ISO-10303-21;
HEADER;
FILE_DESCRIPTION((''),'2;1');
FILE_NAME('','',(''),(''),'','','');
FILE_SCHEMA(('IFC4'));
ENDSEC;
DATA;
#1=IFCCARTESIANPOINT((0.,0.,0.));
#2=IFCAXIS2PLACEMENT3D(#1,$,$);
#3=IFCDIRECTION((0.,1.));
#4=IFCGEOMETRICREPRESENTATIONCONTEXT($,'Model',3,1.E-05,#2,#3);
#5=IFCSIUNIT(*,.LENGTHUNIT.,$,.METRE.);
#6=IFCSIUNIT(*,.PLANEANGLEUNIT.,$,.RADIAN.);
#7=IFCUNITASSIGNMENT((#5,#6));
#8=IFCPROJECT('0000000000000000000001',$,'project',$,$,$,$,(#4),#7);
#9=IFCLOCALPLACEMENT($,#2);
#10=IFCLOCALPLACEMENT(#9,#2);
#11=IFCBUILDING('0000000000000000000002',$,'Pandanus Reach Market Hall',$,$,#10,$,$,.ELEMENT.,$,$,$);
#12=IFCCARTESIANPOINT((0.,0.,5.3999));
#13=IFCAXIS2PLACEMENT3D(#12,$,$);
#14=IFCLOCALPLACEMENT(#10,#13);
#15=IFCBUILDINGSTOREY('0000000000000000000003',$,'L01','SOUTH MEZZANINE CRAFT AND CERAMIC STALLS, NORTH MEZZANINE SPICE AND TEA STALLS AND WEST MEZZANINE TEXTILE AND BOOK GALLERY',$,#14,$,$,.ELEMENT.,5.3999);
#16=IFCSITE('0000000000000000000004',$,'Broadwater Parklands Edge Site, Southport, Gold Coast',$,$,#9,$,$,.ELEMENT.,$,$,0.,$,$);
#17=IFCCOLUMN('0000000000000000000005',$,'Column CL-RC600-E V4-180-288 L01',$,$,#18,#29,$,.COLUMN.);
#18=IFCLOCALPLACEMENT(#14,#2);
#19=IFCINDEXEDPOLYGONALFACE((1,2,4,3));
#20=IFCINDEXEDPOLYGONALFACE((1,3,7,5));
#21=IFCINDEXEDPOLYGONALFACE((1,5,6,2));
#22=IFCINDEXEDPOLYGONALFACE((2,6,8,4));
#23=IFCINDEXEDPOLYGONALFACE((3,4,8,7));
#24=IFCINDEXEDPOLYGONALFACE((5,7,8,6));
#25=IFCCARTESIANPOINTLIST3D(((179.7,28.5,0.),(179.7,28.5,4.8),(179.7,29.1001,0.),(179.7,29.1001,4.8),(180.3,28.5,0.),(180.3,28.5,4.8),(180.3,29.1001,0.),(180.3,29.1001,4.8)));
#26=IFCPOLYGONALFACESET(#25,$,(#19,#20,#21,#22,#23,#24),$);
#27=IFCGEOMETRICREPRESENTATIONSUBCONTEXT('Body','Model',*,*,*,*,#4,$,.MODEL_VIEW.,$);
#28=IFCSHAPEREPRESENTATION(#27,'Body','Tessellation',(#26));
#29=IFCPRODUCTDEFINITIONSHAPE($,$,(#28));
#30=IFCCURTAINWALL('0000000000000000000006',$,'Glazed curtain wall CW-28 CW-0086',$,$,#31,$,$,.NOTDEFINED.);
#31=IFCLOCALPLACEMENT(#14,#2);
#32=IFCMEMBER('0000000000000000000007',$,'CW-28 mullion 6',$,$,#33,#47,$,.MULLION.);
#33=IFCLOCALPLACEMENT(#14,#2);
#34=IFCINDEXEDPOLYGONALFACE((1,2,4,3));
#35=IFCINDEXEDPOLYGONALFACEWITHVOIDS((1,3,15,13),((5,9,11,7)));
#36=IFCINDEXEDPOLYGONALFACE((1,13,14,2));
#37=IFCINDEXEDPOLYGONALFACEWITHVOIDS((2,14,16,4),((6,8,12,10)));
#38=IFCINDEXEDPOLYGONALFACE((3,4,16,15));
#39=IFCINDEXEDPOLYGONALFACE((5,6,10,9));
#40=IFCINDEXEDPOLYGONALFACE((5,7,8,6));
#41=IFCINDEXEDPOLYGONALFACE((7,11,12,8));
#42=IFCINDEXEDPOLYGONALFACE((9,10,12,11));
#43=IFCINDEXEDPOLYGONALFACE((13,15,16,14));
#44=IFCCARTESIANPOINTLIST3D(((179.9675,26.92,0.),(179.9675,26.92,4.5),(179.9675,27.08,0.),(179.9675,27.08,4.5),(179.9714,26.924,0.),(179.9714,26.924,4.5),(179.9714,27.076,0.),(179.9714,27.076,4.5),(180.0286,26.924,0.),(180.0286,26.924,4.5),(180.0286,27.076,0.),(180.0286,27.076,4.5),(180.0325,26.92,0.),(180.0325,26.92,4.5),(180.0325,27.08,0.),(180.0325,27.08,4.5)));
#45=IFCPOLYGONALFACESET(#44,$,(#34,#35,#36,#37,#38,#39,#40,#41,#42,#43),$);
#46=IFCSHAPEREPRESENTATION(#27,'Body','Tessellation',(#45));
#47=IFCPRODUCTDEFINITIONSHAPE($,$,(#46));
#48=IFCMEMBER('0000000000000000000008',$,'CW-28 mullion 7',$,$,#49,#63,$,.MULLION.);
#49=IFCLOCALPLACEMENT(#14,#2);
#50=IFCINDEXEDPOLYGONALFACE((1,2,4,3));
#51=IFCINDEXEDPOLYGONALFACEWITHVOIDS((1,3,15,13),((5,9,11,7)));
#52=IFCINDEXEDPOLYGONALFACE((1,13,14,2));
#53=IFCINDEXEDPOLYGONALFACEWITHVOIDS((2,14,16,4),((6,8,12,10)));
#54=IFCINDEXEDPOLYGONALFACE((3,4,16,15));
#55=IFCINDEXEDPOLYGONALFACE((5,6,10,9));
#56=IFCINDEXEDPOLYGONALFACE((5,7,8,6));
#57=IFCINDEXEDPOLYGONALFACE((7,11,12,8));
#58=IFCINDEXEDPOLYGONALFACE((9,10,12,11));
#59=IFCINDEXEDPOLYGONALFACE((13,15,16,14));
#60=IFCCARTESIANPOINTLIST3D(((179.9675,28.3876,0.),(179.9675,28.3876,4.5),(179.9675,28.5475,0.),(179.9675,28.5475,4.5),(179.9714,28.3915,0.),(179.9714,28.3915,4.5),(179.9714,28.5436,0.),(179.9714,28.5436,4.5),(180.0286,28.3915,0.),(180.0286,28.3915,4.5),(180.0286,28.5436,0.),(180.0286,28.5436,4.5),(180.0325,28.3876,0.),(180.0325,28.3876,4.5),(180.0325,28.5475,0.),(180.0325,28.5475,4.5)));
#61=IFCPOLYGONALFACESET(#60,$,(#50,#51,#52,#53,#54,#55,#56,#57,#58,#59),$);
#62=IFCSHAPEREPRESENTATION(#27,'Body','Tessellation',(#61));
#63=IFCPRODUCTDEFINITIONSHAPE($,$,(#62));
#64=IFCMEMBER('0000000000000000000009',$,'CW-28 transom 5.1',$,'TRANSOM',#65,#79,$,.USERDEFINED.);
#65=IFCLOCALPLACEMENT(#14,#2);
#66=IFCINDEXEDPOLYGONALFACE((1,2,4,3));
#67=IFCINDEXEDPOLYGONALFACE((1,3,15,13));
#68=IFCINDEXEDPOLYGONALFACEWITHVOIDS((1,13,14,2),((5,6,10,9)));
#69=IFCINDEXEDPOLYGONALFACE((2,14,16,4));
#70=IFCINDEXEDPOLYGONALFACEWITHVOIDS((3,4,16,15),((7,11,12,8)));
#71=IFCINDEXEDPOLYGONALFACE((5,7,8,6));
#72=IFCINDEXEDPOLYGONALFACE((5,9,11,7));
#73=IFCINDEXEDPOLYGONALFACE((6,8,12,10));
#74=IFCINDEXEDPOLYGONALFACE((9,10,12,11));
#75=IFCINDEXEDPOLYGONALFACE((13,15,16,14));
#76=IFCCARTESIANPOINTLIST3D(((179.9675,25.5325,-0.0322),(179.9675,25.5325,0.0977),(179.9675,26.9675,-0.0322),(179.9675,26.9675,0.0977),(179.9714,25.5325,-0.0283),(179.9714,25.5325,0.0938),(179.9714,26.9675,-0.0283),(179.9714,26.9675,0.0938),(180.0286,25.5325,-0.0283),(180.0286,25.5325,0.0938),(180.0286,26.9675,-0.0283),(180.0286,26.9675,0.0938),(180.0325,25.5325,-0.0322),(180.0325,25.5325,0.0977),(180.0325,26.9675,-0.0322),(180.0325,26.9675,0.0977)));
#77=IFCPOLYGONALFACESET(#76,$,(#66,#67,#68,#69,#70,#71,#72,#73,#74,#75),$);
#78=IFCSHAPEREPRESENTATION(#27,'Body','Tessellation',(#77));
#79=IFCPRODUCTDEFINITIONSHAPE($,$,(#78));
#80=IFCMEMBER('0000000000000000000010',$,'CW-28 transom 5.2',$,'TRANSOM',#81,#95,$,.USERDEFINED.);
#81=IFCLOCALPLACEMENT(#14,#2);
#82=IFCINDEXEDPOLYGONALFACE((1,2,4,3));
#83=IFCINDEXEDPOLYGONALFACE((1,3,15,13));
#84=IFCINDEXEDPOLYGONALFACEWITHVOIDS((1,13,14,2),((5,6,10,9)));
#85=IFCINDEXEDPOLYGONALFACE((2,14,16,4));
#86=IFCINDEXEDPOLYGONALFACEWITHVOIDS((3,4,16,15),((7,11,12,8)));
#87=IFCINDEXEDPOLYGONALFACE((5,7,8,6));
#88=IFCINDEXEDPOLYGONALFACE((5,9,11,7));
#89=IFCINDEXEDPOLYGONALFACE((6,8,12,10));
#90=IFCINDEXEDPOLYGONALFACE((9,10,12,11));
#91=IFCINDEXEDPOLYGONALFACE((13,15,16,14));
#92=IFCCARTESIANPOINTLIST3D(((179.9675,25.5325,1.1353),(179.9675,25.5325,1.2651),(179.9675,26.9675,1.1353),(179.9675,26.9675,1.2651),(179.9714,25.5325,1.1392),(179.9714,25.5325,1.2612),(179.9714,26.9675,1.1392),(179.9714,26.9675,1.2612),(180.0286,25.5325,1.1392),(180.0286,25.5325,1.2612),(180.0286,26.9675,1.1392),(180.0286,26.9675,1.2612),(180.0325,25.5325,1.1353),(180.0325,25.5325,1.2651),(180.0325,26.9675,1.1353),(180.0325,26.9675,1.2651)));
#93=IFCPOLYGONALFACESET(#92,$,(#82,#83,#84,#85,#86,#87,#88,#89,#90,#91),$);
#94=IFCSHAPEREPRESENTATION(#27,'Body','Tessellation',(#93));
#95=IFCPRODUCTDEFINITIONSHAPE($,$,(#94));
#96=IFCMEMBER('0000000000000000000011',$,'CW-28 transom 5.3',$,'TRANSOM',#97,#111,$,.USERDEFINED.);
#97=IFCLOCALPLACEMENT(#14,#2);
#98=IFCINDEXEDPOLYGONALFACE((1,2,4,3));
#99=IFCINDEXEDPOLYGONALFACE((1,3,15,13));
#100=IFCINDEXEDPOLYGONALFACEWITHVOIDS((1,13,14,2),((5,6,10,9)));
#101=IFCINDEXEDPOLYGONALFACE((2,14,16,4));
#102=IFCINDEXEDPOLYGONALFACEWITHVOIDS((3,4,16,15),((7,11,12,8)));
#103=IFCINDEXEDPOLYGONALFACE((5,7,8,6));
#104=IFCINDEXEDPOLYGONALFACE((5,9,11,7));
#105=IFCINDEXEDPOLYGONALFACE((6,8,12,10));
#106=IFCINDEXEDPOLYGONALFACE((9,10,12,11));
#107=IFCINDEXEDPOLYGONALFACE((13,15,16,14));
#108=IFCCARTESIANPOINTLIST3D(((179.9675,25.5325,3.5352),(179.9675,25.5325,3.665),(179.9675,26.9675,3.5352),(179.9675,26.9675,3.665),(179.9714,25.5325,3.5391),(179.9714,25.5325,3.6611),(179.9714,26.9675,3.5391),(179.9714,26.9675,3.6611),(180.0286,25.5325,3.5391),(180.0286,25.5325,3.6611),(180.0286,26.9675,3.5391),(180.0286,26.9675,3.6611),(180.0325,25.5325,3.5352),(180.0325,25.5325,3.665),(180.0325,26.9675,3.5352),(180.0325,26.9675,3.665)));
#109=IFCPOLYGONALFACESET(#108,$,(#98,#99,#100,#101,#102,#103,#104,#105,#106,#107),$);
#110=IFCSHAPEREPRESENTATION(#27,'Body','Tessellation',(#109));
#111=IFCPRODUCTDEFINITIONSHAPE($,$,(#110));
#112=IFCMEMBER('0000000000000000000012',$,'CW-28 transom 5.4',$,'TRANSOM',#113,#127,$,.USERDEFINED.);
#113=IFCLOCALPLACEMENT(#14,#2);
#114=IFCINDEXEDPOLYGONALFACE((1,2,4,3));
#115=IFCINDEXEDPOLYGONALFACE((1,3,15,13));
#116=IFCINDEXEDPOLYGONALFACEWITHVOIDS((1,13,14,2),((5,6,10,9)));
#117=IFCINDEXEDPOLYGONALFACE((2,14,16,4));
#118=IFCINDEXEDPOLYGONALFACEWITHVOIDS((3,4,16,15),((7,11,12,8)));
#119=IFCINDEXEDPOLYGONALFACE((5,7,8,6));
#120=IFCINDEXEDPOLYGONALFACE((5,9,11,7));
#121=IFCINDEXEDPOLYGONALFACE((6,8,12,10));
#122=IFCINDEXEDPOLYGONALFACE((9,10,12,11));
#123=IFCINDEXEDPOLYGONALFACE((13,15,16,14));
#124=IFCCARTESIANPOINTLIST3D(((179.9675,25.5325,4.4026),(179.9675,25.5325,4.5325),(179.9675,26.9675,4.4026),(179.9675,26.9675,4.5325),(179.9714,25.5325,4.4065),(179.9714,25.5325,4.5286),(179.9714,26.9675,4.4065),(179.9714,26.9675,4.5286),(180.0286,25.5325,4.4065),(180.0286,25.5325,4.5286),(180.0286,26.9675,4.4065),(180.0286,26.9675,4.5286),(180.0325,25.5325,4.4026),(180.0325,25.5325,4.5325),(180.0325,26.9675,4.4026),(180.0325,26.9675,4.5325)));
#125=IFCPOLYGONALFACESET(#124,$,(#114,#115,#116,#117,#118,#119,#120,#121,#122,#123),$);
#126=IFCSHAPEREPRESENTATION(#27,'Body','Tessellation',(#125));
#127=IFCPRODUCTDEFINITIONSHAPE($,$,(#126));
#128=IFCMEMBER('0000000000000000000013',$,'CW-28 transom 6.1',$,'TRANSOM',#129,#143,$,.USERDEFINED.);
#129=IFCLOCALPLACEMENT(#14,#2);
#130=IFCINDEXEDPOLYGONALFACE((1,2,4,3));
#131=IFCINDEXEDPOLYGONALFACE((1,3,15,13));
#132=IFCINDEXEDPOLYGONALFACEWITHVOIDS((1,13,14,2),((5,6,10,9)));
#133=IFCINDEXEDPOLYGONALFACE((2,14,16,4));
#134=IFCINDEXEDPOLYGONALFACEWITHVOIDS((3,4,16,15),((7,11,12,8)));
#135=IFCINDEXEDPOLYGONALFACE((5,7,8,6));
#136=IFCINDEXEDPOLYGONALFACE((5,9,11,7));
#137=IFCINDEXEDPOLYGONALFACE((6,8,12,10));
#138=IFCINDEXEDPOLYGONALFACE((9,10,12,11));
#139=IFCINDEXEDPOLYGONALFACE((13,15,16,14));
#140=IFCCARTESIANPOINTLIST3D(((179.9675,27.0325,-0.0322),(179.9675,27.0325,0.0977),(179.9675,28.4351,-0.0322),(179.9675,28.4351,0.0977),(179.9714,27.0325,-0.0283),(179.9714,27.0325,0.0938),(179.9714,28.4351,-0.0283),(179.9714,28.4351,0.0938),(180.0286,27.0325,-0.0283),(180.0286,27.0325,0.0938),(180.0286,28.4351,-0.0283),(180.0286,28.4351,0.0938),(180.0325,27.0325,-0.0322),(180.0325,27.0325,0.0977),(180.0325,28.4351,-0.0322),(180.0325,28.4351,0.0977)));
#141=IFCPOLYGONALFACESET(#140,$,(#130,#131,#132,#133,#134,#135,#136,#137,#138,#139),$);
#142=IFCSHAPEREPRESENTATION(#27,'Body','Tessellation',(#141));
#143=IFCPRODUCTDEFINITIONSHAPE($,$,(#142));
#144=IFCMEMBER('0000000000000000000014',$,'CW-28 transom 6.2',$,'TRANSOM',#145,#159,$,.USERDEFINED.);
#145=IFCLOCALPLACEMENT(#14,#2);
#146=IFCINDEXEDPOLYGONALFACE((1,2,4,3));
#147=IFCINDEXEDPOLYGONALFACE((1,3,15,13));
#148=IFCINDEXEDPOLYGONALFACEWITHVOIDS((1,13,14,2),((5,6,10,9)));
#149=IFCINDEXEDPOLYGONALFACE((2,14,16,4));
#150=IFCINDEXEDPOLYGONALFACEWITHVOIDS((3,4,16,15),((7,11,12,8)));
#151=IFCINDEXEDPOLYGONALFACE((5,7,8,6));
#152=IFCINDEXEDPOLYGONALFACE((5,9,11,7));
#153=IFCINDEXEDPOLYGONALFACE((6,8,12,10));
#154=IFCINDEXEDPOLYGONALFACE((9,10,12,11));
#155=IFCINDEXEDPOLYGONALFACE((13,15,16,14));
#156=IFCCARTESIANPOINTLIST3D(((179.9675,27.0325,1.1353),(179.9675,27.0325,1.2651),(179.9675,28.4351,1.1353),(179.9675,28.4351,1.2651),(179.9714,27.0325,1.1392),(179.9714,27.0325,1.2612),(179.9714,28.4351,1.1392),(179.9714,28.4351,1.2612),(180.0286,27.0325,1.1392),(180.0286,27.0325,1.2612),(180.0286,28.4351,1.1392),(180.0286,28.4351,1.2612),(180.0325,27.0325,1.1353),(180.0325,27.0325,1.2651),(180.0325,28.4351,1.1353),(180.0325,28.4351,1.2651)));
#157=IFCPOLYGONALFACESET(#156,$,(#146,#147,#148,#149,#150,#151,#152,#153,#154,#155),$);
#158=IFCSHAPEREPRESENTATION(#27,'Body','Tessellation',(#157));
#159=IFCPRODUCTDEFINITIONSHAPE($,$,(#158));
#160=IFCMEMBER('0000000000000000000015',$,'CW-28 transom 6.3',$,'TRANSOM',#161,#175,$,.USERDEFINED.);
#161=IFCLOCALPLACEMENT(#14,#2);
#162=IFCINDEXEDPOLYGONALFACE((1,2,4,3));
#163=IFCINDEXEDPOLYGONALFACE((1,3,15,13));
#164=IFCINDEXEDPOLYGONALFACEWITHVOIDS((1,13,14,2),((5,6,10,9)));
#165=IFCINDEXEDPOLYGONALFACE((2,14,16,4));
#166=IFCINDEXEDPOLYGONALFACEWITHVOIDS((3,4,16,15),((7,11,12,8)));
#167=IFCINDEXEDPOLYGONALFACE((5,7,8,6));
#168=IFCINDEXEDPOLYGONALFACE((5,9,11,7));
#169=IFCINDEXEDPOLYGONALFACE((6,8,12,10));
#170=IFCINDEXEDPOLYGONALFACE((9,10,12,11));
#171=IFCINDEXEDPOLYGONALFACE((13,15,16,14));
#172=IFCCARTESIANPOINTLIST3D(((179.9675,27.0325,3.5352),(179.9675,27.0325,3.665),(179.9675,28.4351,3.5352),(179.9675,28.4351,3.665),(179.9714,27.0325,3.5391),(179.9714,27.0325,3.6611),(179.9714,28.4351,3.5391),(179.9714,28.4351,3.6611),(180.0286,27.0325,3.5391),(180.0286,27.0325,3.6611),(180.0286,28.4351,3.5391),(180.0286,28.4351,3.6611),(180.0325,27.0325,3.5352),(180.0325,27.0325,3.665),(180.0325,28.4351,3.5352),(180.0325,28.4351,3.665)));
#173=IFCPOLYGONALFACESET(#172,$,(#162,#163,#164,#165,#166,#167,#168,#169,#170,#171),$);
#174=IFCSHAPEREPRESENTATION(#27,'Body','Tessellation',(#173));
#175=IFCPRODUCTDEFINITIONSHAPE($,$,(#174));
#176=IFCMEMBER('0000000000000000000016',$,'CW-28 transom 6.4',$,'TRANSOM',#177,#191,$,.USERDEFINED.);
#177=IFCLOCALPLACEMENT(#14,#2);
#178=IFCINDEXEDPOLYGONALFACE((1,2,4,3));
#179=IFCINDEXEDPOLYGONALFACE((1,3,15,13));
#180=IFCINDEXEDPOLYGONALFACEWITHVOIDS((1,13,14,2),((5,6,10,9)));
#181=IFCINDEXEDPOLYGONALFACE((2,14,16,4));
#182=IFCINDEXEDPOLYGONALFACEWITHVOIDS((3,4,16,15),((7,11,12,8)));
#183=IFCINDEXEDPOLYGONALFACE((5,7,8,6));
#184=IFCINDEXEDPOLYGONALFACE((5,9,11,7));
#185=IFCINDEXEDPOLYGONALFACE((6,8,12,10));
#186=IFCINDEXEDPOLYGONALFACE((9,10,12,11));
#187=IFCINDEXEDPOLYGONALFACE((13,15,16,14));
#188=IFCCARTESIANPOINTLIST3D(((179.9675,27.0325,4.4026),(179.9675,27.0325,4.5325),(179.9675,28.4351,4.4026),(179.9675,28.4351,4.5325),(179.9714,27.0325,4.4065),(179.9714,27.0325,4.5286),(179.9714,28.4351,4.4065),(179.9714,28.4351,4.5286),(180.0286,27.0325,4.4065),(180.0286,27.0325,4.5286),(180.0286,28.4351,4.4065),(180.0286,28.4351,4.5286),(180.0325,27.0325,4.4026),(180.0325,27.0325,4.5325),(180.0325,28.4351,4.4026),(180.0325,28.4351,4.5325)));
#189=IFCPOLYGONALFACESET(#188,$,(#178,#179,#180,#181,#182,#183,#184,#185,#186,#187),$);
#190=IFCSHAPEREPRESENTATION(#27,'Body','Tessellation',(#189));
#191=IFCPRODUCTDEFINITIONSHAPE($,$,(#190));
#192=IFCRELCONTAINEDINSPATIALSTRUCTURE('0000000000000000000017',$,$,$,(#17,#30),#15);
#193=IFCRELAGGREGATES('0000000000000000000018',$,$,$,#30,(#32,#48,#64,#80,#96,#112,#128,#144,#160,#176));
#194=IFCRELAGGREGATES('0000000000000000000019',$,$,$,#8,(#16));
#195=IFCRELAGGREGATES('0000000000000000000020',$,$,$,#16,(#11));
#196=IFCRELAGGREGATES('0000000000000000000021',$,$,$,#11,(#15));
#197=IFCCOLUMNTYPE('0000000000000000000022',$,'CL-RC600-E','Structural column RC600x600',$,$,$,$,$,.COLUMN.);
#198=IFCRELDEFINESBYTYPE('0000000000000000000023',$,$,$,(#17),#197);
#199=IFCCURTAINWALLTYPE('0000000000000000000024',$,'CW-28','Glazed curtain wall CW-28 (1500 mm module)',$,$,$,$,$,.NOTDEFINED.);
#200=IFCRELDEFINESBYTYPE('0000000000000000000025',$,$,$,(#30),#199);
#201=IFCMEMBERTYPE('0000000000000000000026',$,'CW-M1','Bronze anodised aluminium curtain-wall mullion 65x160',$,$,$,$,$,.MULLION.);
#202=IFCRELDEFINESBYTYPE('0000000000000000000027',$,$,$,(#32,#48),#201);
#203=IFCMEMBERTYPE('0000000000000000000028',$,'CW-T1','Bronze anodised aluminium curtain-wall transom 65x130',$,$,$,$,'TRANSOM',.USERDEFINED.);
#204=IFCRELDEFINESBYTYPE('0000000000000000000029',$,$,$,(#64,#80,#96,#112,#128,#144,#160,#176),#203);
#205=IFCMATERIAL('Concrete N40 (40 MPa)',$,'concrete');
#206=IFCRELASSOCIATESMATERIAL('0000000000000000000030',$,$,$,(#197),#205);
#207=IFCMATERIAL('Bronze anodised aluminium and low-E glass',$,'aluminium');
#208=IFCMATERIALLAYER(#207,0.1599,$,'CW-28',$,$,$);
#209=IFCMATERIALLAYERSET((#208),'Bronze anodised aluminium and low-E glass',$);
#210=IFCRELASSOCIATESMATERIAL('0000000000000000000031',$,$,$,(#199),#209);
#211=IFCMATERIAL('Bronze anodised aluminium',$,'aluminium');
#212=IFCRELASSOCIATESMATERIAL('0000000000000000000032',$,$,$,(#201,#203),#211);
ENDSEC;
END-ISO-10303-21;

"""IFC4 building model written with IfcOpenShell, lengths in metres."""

from ifc_helpers import new_model, si_unit, direction, frame, origin, origin_2d, place, context, subcontext, project, spatial, rectangle, hollow_rectangle, extrude, material, layer, layer_set, material_profile, profile_set, type_object, element, aggregate, save


model = new_model("IFC4")

# Units and contexts
model_context = context("Model", 3, precision=1e-05, world=origin(), true_north=direction((0.0, 1.0)))
body_context = subcontext(model_context, "Body", "Model", "MODEL_VIEW")
ifc_project = project(units=[si_unit("LENGTHUNIT", "METRE"), si_unit("PLANEANGLEUNIT", "RADIAN")], contexts=[model_context])

# Site, building, storey
site_placement = place(None, origin())
site = spatial("IfcSite", under=ifc_project, at=site_placement, Name="Broadwater Parklands Edge Site, Southport, Gold Coast", CompositionType="ELEMENT", RefElevation=0.0)
building_placement = place(site_placement, origin())
building = spatial("IfcBuilding", under=site, at=building_placement, Name="Pandanus Reach Market Hall", CompositionType="ELEMENT")
storey_placement = place(building_placement, frame((0.0, 0.0, 5.3999)))
storey = spatial("IfcBuildingStorey", under=building, at=storey_placement, Name="L01", Description="SOUTH MEZZANINE CRAFT AND CERAMIC STALLS, NORTH MEZZANINE SPICE AND TEA STALLS AND WEST MEZZANINE TEXTILE AND BOOK GALLERY", CompositionType="ELEMENT", Elevation=5.3999)

# Column
ifc_material_1 = material(Name="Concrete N40 (40 MPa)", Category="concrete")
ifc_material_profile_1 = material_profile(ifc_material_1, rectangle(XDim=0.6001, YDim=0.6001, at=origin_2d()), Name="RC600x600", Category="LoadBearing")
ifc_profile_set_1 = profile_set([ifc_material_profile_1], Name="Concrete N40 (40 MPa)")
column_type = type_object("IfcColumnType", Name="CL-RC600-E", Description="Structural column RC600x600", PredefinedType="COLUMN", material=ifc_profile_set_1)
column_placement = place(storey_placement, frame((180.0, 28.8, 0.0), z_axis=(0.0, 0.0, 1.0), x_axis=(1.0, 0.0, 0.0)))
element("IfcColumn", 1, at=column_placement, inside=storey, type_object=column_type, Name="Column CL-RC600-E V4-180-288 L01", PredefinedType="COLUMN", context=body_context, shape_type="SweptSolid", body=[
    extrude(rectangle(XDim=0.6001, YDim=0.6001, at=origin_2d()), origin(), (0.0, 0.0, 1.0), 4.8),
])

# Curtain wall, members
ifc_material_2 = material(Name="Bronze anodised aluminium and low-E glass", Category="aluminium")
ifc_layer_1 = layer(ifc_material_2, 0.1599, Name="CW-28")
ifc_layer_set_1 = layer_set([ifc_layer_1], Name="Bronze anodised aluminium and low-E glass")
curtain_wall_type = type_object("IfcCurtainWallType", Name="CW-28", Description="Glazed curtain wall CW-28 (1500 mm module)", PredefinedType="NOTDEFINED", material=ifc_layer_set_1)
curtain_wall_placement = place(storey_placement, origin())
curtain_wall = element("IfcCurtainWall", 2, at=curtain_wall_placement, inside=storey, type_object=curtain_wall_type, Name="Glazed curtain wall CW-28 CW-0086", PredefinedType="NOTDEFINED")
ifc_material_3 = material(Name="Bronze anodised aluminium", Category="aluminium")
ifc_material_profile_2 = material_profile(ifc_material_3, hollow_rectangle(XDim=0.0649, YDim=0.1599, WallThickness=0.0039, at=origin_2d()), Name="ALU65x160", Category="LoadBearing")
ifc_profile_set_2 = profile_set([ifc_material_profile_2], Name="Bronze anodised aluminium")
member_type_1 = type_object("IfcMemberType", Name="CW-M1", Description="Bronze anodised aluminium curtain-wall mullion 65x160", PredefinedType="MULLION", material=ifc_profile_set_2)
member_1_placement = place(storey_placement, frame((180.0, 27.0, 0.0), z_axis=(0.0, 0.0, 1.0), x_axis=(-1.0, 0.0, 0.0)))
member_1 = element("IfcMember", 3, at=member_1_placement, type_object=member_type_1, Name="CW-28 mullion 6", PredefinedType="MULLION", context=body_context, shape_type="SweptSolid", body=[
    extrude(hollow_rectangle(XDim=0.0649, YDim=0.1599, WallThickness=0.0039, at=origin_2d()), origin(), (0.0, 0.0, 1.0), 4.5),
])
member_2_placement = place(storey_placement, frame((180.0, 28.4675, 0.0), z_axis=(0.0, 0.0, 1.0), x_axis=(-1.0, 0.0, 0.0)))
member_2 = element("IfcMember", 4, at=member_2_placement, type_object=member_type_1, Name="CW-28 mullion 7", PredefinedType="MULLION", context=body_context, shape_type="SweptSolid", body=[
    extrude(hollow_rectangle(XDim=0.0649, YDim=0.1599, WallThickness=0.0039, at=origin_2d()), origin(), (0.0, 0.0, 1.0), 4.5),
])
ifc_material_profile_3 = material_profile(ifc_material_3, hollow_rectangle(XDim=0.0649, YDim=0.1299, WallThickness=0.0039, at=origin_2d()), Name="ALU65x130", Category="LoadBearing")
ifc_profile_set_3 = profile_set([ifc_material_profile_3], Name="Bronze anodised aluminium")
member_type_2 = type_object("IfcMemberType", Name="CW-T1", Description="Bronze anodised aluminium curtain-wall transom 65x130", ElementType="TRANSOM", PredefinedType="USERDEFINED", material=ifc_profile_set_3)
member_3_placement = place(storey_placement, frame((180.0, 25.5325, 0.0327), z_axis=(0.0, 1.0, 0.0), x_axis=(-1.0, 0.0, 0.0)))
member_3 = element("IfcMember", 5, at=member_3_placement, type_object=member_type_2, Name="CW-28 transom 5.1", ObjectType="TRANSOM", PredefinedType="USERDEFINED", context=body_context, shape_type="SweptSolid", body=[
    extrude(hollow_rectangle(XDim=0.0649, YDim=0.1299, WallThickness=0.0039, at=origin_2d()), origin(), (0.0, 0.0, 1.0), 1.4351),
])
member_4_placement = place(storey_placement, frame((180.0, 25.5325, 1.2002), z_axis=(0.0, 1.0, 0.0), x_axis=(-1.0, 0.0, 0.0)))
member_4 = element("IfcMember", 6, at=member_4_placement, type_object=member_type_2, Name="CW-28 transom 5.2", ObjectType="TRANSOM", PredefinedType="USERDEFINED", context=body_context, shape_type="SweptSolid", body=[
    extrude(hollow_rectangle(XDim=0.0649, YDim=0.1299, WallThickness=0.0039, at=origin_2d()), origin(), (0.0, 0.0, 1.0), 1.4351),
])
member_5_placement = place(storey_placement, frame((180.0, 25.5325, 3.6001), z_axis=(0.0, 1.0, 0.0), x_axis=(-1.0, 0.0, 0.0)))
member_5 = element("IfcMember", 7, at=member_5_placement, type_object=member_type_2, Name="CW-28 transom 5.3", ObjectType="TRANSOM", PredefinedType="USERDEFINED", context=body_context, shape_type="SweptSolid", body=[
    extrude(hollow_rectangle(XDim=0.0649, YDim=0.1299, WallThickness=0.0039, at=origin_2d()), origin(), (0.0, 0.0, 1.0), 1.4351),
])
member_6_placement = place(storey_placement, frame((180.0, 25.5325, 4.4675), z_axis=(0.0, 1.0, 0.0), x_axis=(-1.0, 0.0, 0.0)))
member_6 = element("IfcMember", 8, at=member_6_placement, type_object=member_type_2, Name="CW-28 transom 5.4", ObjectType="TRANSOM", PredefinedType="USERDEFINED", context=body_context, shape_type="SweptSolid", body=[
    extrude(hollow_rectangle(XDim=0.0649, YDim=0.1299, WallThickness=0.0039, at=origin_2d()), origin(), (0.0, 0.0, 1.0), 1.4351),
])
member_7_placement = place(storey_placement, frame((180.0, 27.0325, 0.0327), z_axis=(0.0, 1.0, 0.0), x_axis=(-1.0, 0.0, 0.0)))
member_7 = element("IfcMember", 9, at=member_7_placement, type_object=member_type_2, Name="CW-28 transom 6.1", ObjectType="TRANSOM", PredefinedType="USERDEFINED", context=body_context, shape_type="SweptSolid", body=[
    extrude(hollow_rectangle(XDim=0.0649, YDim=0.1299, WallThickness=0.0039, at=origin_2d()), origin(), (0.0, 0.0, 1.0), 1.4026),
])
member_8_placement = place(storey_placement, frame((180.0, 27.0325, 1.2002), z_axis=(0.0, 1.0, 0.0), x_axis=(-1.0, 0.0, 0.0)))
member_8 = element("IfcMember", 10, at=member_8_placement, type_object=member_type_2, Name="CW-28 transom 6.2", ObjectType="TRANSOM", PredefinedType="USERDEFINED", context=body_context, shape_type="SweptSolid", body=[
    extrude(hollow_rectangle(XDim=0.0649, YDim=0.1299, WallThickness=0.0039, at=origin_2d()), origin(), (0.0, 0.0, 1.0), 1.4026),
])
member_9_placement = place(storey_placement, frame((180.0, 27.0325, 3.6001), z_axis=(0.0, 1.0, 0.0), x_axis=(-1.0, 0.0, 0.0)))
member_9 = element("IfcMember", 11, at=member_9_placement, type_object=member_type_2, Name="CW-28 transom 6.3", ObjectType="TRANSOM", PredefinedType="USERDEFINED", context=body_context, shape_type="SweptSolid", body=[
    extrude(hollow_rectangle(XDim=0.0649, YDim=0.1299, WallThickness=0.0039, at=origin_2d()), origin(), (0.0, 0.0, 1.0), 1.4026),
])
member_10_placement = place(storey_placement, frame((180.0, 27.0325, 4.4675), z_axis=(0.0, 1.0, 0.0), x_axis=(-1.0, 0.0, 0.0)))
member_10 = element("IfcMember", 12, at=member_10_placement, type_object=member_type_2, Name="CW-28 transom 6.4", ObjectType="TRANSOM", PredefinedType="USERDEFINED", context=body_context, shape_type="SweptSolid", body=[
    extrude(hollow_rectangle(XDim=0.0649, YDim=0.1299, WallThickness=0.0039, at=origin_2d()), origin(), (0.0, 0.0, 1.0), 1.4026),
])

aggregate(curtain_wall, [member_1, member_2, member_3, member_4, member_5, member_6, member_7, member_8, member_9, member_10])

save(model, "model.ifc")
